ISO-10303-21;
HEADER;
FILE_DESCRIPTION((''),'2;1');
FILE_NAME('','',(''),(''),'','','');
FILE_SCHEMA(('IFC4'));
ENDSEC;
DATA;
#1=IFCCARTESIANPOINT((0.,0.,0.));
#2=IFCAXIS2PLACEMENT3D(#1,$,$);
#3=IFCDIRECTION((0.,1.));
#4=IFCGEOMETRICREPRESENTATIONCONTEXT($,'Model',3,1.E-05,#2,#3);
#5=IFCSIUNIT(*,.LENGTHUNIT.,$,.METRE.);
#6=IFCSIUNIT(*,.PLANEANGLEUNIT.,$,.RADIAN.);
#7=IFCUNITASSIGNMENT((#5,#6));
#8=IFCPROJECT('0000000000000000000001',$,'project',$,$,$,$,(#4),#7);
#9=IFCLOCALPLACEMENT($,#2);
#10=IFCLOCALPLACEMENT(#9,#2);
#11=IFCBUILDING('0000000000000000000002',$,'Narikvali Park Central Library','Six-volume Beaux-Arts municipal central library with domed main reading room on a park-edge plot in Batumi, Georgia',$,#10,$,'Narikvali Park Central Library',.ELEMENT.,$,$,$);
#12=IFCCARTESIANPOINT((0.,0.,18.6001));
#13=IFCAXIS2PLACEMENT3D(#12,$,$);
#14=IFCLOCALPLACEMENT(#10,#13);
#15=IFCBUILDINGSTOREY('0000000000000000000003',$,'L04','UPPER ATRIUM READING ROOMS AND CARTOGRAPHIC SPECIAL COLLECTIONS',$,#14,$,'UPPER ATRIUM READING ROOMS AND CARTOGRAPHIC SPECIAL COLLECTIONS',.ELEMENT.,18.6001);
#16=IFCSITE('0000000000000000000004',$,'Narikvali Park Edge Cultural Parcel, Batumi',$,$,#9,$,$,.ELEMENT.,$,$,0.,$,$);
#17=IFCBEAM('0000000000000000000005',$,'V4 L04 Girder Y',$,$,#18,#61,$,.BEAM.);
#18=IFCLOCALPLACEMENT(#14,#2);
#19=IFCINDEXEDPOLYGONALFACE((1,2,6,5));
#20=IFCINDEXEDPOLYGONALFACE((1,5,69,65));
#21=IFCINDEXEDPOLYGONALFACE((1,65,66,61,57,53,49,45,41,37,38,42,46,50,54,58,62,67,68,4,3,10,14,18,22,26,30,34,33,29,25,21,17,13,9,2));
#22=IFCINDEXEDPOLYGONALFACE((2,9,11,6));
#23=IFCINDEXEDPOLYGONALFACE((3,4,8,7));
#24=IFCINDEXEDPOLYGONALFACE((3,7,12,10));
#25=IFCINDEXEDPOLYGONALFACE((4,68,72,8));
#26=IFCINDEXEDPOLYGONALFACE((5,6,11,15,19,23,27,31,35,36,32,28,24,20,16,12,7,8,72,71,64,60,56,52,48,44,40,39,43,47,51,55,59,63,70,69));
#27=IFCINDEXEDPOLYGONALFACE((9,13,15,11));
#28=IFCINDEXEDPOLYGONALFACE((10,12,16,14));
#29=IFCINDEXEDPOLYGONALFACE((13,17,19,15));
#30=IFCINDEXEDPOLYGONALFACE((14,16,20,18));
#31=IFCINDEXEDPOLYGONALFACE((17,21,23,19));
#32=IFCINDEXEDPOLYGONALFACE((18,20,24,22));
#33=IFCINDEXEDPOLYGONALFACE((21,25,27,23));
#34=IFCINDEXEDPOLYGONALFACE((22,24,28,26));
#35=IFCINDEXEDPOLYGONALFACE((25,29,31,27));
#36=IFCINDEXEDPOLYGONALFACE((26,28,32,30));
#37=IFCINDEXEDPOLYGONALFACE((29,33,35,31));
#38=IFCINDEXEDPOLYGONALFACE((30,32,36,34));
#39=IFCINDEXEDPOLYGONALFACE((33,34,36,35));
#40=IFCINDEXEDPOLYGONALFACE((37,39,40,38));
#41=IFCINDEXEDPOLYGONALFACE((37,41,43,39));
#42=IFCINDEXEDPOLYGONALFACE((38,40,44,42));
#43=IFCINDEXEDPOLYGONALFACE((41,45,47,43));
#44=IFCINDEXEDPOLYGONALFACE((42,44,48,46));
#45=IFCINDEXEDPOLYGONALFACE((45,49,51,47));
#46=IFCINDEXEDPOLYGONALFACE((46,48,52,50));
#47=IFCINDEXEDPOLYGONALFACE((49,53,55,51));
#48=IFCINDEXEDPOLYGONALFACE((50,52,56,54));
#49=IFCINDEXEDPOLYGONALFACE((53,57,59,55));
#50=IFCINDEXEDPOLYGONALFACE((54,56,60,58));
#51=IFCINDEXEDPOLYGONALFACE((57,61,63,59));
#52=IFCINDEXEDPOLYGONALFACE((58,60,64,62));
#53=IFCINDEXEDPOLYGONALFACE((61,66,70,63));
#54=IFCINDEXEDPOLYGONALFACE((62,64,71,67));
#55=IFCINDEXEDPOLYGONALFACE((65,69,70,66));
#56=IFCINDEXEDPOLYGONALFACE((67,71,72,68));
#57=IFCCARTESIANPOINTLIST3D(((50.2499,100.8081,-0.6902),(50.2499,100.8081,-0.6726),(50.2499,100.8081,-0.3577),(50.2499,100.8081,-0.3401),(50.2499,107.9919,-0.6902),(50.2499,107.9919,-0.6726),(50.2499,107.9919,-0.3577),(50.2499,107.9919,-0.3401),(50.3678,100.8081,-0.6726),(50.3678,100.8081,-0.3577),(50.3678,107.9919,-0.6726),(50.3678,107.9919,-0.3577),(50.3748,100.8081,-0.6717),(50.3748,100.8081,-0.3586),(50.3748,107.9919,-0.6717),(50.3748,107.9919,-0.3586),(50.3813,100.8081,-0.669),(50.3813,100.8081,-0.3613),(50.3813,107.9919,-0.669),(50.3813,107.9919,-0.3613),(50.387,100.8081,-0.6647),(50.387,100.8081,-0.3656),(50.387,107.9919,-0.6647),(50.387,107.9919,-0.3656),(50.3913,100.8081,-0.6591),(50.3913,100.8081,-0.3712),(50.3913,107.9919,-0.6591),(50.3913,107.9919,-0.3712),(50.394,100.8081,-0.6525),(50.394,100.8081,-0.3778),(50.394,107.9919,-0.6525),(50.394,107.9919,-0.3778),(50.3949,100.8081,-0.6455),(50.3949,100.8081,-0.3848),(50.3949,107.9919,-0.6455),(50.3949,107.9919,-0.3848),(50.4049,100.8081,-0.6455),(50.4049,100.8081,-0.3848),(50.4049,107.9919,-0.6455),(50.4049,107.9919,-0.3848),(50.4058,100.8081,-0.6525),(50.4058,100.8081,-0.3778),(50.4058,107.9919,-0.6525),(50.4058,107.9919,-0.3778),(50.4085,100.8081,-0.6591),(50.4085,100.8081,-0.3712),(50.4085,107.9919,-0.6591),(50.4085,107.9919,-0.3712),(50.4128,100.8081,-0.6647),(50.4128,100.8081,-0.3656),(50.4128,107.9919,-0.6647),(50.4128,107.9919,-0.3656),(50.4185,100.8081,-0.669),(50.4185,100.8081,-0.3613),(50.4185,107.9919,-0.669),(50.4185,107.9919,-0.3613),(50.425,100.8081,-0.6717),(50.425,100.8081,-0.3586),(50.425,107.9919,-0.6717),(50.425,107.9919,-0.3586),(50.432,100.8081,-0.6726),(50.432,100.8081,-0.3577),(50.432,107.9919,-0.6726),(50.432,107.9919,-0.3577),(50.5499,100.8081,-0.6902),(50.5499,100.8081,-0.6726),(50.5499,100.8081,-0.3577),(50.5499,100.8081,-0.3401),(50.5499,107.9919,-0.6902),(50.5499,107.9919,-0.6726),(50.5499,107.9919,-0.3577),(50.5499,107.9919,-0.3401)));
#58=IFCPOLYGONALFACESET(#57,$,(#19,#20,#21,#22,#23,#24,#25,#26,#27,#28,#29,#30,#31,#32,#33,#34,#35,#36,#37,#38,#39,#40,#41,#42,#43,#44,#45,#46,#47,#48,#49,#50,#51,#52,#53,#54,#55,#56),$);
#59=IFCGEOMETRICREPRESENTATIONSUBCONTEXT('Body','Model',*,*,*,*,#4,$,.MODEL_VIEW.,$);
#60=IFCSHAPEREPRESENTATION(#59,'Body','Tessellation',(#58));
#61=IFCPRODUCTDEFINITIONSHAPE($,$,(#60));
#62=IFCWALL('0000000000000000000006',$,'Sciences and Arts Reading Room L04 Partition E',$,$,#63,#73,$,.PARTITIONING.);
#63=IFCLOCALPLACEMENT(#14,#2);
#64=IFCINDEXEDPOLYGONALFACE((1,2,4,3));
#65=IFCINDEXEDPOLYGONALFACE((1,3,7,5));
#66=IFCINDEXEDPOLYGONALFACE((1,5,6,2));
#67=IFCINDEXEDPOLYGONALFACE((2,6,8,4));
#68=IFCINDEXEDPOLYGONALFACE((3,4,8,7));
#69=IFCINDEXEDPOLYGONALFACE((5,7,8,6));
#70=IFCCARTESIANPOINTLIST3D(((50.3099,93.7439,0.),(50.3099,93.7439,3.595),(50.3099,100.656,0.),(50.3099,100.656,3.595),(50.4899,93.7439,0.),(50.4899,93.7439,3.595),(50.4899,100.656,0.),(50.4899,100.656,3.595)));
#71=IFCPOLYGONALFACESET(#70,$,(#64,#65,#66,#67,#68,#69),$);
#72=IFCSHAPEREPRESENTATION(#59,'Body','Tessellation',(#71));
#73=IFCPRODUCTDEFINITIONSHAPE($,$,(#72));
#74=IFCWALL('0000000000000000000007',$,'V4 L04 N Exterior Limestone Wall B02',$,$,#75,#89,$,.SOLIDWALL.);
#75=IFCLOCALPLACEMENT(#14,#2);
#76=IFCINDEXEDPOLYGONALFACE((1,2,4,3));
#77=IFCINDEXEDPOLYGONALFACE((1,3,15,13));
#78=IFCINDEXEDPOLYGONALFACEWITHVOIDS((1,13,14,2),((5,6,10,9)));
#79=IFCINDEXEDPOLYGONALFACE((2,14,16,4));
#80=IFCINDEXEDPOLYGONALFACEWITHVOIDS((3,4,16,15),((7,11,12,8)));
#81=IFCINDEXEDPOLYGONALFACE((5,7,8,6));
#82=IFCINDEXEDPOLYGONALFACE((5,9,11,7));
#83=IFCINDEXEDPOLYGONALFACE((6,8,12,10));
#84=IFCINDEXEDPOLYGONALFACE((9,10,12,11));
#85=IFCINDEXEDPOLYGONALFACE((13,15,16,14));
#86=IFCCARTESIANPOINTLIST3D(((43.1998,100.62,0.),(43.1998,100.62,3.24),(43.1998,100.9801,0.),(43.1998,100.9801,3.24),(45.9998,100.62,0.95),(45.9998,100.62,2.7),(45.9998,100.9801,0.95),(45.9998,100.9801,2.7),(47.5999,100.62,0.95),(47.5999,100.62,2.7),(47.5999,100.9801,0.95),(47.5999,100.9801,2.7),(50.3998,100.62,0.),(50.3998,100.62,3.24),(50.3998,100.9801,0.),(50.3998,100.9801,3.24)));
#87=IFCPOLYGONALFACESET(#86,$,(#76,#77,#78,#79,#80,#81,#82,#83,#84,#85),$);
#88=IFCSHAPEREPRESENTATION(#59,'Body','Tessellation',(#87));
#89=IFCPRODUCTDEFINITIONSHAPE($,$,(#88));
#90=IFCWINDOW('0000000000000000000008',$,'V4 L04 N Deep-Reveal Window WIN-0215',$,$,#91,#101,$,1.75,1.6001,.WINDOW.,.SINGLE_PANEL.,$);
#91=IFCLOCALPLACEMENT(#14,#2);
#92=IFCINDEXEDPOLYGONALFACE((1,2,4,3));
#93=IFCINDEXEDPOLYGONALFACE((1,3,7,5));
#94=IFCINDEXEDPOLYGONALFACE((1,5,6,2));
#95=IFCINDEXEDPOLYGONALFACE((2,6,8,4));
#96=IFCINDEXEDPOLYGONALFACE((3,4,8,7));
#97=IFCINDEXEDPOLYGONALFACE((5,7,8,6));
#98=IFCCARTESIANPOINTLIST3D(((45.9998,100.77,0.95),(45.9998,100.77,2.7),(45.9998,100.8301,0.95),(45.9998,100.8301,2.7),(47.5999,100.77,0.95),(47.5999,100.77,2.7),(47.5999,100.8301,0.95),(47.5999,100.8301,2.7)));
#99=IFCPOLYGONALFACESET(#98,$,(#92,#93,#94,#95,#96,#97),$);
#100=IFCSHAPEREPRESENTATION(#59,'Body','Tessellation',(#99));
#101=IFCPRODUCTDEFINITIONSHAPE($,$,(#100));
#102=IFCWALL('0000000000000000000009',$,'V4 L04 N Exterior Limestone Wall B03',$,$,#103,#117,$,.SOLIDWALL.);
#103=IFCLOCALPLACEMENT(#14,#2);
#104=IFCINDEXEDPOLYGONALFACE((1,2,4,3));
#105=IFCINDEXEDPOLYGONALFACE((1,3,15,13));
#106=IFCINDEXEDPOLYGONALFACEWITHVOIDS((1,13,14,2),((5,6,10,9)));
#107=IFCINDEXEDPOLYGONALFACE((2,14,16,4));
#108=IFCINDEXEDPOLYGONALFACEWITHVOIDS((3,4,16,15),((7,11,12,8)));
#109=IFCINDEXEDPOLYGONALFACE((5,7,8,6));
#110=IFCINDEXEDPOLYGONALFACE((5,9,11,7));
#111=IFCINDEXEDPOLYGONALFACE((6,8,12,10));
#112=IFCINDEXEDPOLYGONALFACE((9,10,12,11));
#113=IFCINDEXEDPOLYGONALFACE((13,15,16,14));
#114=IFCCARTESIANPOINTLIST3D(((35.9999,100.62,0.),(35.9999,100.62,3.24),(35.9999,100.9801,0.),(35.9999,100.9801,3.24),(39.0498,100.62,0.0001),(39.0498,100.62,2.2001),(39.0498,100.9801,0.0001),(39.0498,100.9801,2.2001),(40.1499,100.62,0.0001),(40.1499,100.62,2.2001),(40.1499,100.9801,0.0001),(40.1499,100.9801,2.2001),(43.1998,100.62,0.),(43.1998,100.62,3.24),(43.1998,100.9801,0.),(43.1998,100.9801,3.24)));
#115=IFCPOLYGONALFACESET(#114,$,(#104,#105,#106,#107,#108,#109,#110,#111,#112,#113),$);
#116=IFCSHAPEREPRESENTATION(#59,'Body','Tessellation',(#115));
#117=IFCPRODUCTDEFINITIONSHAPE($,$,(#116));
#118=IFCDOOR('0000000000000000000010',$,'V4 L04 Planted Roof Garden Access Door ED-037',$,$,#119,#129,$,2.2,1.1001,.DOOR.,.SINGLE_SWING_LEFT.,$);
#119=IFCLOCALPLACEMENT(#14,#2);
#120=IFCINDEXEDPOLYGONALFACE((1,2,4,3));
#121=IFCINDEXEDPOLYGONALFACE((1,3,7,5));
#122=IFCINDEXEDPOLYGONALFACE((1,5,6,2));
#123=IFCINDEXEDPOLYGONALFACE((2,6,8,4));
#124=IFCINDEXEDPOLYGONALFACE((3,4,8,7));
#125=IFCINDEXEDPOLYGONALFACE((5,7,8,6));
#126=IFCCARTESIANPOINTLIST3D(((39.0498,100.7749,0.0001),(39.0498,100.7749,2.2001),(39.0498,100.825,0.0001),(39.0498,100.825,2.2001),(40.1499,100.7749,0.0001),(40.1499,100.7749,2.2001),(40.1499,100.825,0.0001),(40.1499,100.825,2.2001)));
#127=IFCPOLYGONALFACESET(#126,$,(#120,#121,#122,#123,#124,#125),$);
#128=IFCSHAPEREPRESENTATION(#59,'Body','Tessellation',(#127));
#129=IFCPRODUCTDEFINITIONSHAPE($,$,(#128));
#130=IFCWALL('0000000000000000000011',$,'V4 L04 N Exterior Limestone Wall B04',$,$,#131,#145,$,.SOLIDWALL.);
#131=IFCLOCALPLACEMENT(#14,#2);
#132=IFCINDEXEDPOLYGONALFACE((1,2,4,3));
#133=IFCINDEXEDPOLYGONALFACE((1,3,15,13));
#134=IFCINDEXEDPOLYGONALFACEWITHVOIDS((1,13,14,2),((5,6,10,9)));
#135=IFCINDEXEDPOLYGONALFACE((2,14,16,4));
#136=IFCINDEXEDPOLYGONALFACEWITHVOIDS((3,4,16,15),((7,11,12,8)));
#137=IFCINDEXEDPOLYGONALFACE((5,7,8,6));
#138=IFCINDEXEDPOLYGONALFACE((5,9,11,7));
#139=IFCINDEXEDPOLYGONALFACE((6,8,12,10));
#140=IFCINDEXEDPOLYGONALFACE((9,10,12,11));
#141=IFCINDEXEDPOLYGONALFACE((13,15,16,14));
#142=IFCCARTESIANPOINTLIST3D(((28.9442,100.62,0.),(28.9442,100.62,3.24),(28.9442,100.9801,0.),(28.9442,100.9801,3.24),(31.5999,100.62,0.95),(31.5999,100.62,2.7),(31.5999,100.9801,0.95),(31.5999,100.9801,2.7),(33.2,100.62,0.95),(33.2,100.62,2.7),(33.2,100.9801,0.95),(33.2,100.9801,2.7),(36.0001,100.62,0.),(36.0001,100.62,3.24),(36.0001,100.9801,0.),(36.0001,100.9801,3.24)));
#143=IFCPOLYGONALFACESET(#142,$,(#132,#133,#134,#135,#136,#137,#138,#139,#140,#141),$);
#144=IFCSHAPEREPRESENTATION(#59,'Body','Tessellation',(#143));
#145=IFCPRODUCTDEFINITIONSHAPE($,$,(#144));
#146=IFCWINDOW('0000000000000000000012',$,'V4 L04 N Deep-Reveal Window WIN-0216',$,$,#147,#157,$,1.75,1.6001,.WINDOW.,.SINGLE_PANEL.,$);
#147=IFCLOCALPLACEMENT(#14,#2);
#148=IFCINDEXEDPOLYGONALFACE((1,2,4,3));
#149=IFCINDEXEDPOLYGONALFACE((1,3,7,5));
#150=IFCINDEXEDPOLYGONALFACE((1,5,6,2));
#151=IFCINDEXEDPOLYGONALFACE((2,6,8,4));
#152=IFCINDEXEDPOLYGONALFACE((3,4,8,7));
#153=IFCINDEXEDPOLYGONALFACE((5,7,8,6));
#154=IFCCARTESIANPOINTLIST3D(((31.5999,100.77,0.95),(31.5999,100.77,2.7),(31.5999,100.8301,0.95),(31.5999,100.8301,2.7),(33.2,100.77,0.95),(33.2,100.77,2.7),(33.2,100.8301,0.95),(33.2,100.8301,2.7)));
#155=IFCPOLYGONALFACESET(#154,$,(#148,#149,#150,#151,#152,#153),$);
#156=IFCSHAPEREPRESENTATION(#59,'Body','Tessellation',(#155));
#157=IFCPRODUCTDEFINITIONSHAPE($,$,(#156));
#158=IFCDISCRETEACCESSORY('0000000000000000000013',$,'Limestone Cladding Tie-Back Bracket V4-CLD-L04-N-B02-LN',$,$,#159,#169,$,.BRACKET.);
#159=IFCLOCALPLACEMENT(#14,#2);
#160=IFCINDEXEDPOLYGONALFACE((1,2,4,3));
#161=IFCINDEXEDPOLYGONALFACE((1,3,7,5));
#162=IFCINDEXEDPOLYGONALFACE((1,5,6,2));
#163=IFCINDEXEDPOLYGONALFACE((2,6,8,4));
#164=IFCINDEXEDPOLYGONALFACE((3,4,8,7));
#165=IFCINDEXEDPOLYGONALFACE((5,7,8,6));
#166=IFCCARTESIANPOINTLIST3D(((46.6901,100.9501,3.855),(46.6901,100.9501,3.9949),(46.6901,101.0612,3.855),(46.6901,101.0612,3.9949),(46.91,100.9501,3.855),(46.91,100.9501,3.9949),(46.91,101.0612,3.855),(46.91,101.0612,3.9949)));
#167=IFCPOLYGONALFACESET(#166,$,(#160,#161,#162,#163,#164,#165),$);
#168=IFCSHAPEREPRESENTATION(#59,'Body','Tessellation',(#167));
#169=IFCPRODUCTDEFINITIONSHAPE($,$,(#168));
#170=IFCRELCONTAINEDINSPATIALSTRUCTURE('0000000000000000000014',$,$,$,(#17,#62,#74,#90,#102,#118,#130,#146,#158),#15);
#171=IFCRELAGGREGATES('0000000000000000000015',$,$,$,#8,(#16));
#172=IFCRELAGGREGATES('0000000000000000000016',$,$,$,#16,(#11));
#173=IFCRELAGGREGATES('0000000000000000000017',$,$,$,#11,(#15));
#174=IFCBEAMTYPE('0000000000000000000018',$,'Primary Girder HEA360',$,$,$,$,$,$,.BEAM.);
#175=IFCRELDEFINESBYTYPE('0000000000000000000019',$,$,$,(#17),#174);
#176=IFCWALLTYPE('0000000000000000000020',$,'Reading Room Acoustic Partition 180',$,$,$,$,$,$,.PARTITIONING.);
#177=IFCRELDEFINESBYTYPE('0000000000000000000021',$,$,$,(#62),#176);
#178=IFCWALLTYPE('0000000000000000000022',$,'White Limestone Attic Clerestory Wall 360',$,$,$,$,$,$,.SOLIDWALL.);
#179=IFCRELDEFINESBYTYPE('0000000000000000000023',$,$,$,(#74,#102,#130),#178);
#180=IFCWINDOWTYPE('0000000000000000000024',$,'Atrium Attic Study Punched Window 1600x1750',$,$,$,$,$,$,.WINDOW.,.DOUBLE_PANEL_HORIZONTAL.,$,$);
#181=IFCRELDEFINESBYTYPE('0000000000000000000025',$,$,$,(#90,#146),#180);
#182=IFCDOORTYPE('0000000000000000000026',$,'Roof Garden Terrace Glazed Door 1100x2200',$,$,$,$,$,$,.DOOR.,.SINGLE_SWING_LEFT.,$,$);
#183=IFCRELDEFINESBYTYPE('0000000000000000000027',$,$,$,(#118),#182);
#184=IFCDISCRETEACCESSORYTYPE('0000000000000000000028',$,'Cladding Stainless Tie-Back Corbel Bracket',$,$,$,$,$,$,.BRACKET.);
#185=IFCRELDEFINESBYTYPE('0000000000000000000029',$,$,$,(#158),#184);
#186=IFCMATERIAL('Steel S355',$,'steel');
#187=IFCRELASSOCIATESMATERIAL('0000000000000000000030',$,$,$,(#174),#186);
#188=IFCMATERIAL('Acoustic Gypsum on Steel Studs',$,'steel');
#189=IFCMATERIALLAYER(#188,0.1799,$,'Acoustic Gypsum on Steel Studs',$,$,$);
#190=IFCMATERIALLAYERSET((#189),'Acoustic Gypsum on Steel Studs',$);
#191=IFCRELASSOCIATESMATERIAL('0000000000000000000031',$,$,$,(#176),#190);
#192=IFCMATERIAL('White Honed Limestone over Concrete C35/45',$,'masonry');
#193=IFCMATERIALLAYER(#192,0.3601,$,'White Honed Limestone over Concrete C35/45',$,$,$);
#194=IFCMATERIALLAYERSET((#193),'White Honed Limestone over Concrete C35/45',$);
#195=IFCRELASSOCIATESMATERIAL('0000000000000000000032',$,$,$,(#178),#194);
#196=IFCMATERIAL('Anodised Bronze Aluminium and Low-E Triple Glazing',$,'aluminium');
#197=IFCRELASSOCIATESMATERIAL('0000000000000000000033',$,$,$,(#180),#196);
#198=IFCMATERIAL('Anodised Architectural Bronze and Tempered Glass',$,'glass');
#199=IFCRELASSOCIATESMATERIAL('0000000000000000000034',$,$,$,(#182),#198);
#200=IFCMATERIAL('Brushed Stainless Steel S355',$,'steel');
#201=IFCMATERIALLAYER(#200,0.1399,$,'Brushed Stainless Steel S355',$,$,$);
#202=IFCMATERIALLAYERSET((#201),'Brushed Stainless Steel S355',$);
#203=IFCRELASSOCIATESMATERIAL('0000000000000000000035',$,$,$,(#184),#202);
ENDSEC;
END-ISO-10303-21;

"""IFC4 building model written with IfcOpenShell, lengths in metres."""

from ifc_helpers import new_model, si_unit, direction, frame, frame_2d, origin, origin_2d, place, context, subcontext, project, spatial, rectangle, i_section, extrude, material, layer, layer_set, material_profile, profile_set, type_object, element, fill, save


model = new_model("IFC4")

# Units and contexts
model_context = context("Model", 3, precision=1e-05, world=origin(), true_north=direction((0.0, 1.0)))
body_context = subcontext(model_context, "Body", "Model", "MODEL_VIEW")
ifc_project = project(units=[si_unit("LENGTHUNIT", "METRE"), si_unit("PLANEANGLEUNIT", "RADIAN")], contexts=[model_context])

# Site, building, storey
site_placement = place(None, origin())
site = spatial("IfcSite", under=ifc_project, at=site_placement, Name="Narikvali Park Edge Cultural Parcel, Batumi", CompositionType="ELEMENT", RefElevation=0.0)
building_placement = place(site_placement, origin())
building = spatial("IfcBuilding", under=site, at=building_placement, Name="Narikvali Park Central Library", Description="Six-volume Beaux-Arts municipal central library with domed main reading room on a park-edge plot in Batumi, Georgia", LongName="Narikvali Park Central Library", CompositionType="ELEMENT")
storey_placement = place(building_placement, frame((0.0, 0.0, 18.6001)))
storey = spatial("IfcBuildingStorey", under=building, at=storey_placement, Name="L04", Description="UPPER ATRIUM READING ROOMS AND CARTOGRAPHIC SPECIAL COLLECTIONS", LongName="UPPER ATRIUM READING ROOMS AND CARTOGRAPHIC SPECIAL COLLECTIONS", CompositionType="ELEMENT", Elevation=18.6001)

# Shared definitions
ifc_material_1 = material(Name="Steel S355", Category="steel")

# Beam
ifc_material_profile_1 = material_profile(ifc_material_1, i_section(OverallWidth=0.3, OverallDepth=0.3501, WebThickness=0.01, FlangeThickness=0.0176, FilletRadius=0.0271, at=origin_2d()), Name="HEA 360")
ifc_profile_set_1 = profile_set([ifc_material_profile_1], Name="Steel S355")
beam_type_1 = type_object("IfcBeamType", Name="Primary Girder HEA360", PredefinedType="BEAM", material=ifc_profile_set_1)
beam_1_placement = place(storey_placement, frame((50.3999, 100.8081, -0.5151), z_axis=(0.0, 1.0, 0.0), x_axis=(-1.0, 0.0, 0.0)))
element("IfcBeam", 1, at=beam_1_placement, inside=storey, type_object=beam_type_1, Name="V4 L04 Girder Y", PredefinedType="BEAM", context=body_context, shape_type="SweptSolid", body=[
    extrude(i_section(OverallWidth=0.3, OverallDepth=0.3501, WebThickness=0.01, FlangeThickness=0.0176, FilletRadius=0.0271, at=origin_2d()), origin(), (0.0, 0.0, 1.0), 7.1838),
])

# Wall
ifc_material_2 = material(Name="Acoustic Gypsum on Steel Studs", Category="steel")
ifc_layer_1 = layer(ifc_material_2, 0.1799, Name="Acoustic Gypsum on Steel Studs")
ifc_layer_set_1 = layer_set([ifc_layer_1], Name="Acoustic Gypsum on Steel Studs")
wall_type_1 = type_object("IfcWallType", Name="Reading Room Acoustic Partition 180", PredefinedType="PARTITIONING", material=ifc_layer_set_1)
wall_1_placement = place(storey_placement, frame((50.3999, 93.7439, 0.0), z_axis=(0.0, 0.0, 1.0), x_axis=(0.0, 1.0, 0.0)))
element("IfcWall", 2, at=wall_1_placement, inside=storey, type_object=wall_type_1, Name="Sciences and Arts Reading Room L04 Partition E", PredefinedType="PARTITIONING", context=body_context, shape_type="SweptSolid", body=[
    extrude(rectangle(XDim=6.9121, YDim=0.1799, at=frame_2d((3.4561, 0.0))), origin(), (0.0, 0.0, 1.0), 3.595),
])

# Wall, opening, window
ifc_material_3 = material(Name="White Honed Limestone over Concrete C35/45", Category="masonry")
ifc_layer_2 = layer(ifc_material_3, 0.3601, Name="White Honed Limestone over Concrete C35/45")
ifc_layer_set_2 = layer_set([ifc_layer_2], Name="White Honed Limestone over Concrete C35/45")
wall_type_2 = type_object("IfcWallType", Name="White Limestone Attic Clerestory Wall 360", PredefinedType="SOLIDWALL", material=ifc_layer_set_2)
wall_2_placement = place(storey_placement, frame((50.3999, 100.8, 0.0), z_axis=(0.0, 0.0, 1.0), x_axis=(-1.0, 0.0, 0.0)))
wall_2 = element("IfcWall", 3, at=wall_2_placement, inside=storey, type_object=wall_type_2, Name="V4 L04 N Exterior Limestone Wall B02", PredefinedType="SOLIDWALL", context=body_context, shape_type="SweptSolid", body=[
    extrude(rectangle(XDim=7.2, YDim=0.3601, at=frame_2d((3.6001, 0.0))), origin(), (0.0, 0.0, 1.0), 3.24),
])
opening_1_placement = place(wall_2_placement, frame((2.8, 0.0, 0.95)))
opening_1 = element("IfcOpeningElement", 4, at=opening_1_placement, cuts=wall_2, PredefinedType="OPENING", context=body_context, shape_type="SweptSolid", body=[
    extrude(rectangle(XDim=1.6001, YDim=1.75, at=frame_2d((0.8, 0.875))), frame((0.0, 0.1919, 0.0), z_axis=(0.0, -1.0, 0.0), x_axis=(1.0, 0.0, 0.0)), (0.0, 0.0, 1.0), 0.384),
])
ifc_material_4 = material(Name="Anodised Bronze Aluminium and Low-E Triple Glazing", Category="aluminium")
window_type = type_object("IfcWindowType", Name="Atrium Attic Study Punched Window 1600x1750", PartitioningType="DOUBLE_PANEL_HORIZONTAL", PredefinedType="WINDOW", material=ifc_material_4)
window_1_placement = place(opening_1_placement, origin())
window_1 = element("IfcWindow", 5, at=window_1_placement, inside=storey, type_object=window_type, Name="V4 L04 N Deep-Reveal Window WIN-0215", OverallHeight=1.75, OverallWidth=1.6001, PartitioningType="SINGLE_PANEL", PredefinedType="WINDOW", context=body_context, shape_type="SweptSolid", body=[
    extrude(rectangle(XDim=1.6001, YDim=1.75, at=frame_2d((0.8, 0.875))), frame((0.0, 0.03, 0.0), z_axis=(0.0, -1.0, 0.0), x_axis=(1.0, 0.0, 0.0)), (0.0, 0.0, 1.0), 0.0601),
])
fill(opening_1, window_1)

# Wall, opening, door
wall_3_placement = place(storey_placement, frame((43.2, 100.8, 0.0), z_axis=(0.0, 0.0, 1.0), x_axis=(-1.0, 0.0, 0.0)))
wall_3 = element("IfcWall", 6, at=wall_3_placement, inside=storey, type_object=wall_type_2, Name="V4 L04 N Exterior Limestone Wall B03", PredefinedType="SOLIDWALL", context=body_context, shape_type="SweptSolid", body=[
    extrude(rectangle(XDim=7.2, YDim=0.3601, at=frame_2d((3.6001, 0.0))), origin(), (0.0, 0.0, 1.0), 3.24),
])
opening_2_placement = place(wall_3_placement, frame((3.05, 0.0, 0.0)))
opening_2 = element("IfcOpeningElement", 7, at=opening_2_placement, cuts=wall_3, PredefinedType="OPENING", context=body_context, shape_type="SweptSolid", body=[
    extrude(rectangle(XDim=1.1001, YDim=2.2, at=frame_2d((0.55, 1.1001))), frame((0.0, 0.1919, 0.0), z_axis=(0.0, -1.0, 0.0), x_axis=(1.0, 0.0, 0.0)), (0.0, 0.0, 1.0), 0.384),
])
ifc_material_5 = material(Name="Anodised Architectural Bronze and Tempered Glass", Category="glass")
door_type = type_object("IfcDoorType", Name="Roof Garden Terrace Glazed Door 1100x2200", OperationType="SINGLE_SWING_LEFT", PredefinedType="DOOR", material=ifc_material_5)
door_placement = place(opening_2_placement, frame((1.1001, 0.0, 0.0), z_axis=(0.0, 0.0, 1.0), x_axis=(-1.0, 0.0, 0.0)))
door = element("IfcDoor", 8, at=door_placement, inside=storey, type_object=door_type, Name="V4 L04 Planted Roof Garden Access Door ED-037", OperationType="SINGLE_SWING_LEFT", OverallHeight=2.2, OverallWidth=1.1001, PredefinedType="DOOR", context=body_context, shape_type="SweptSolid", body=[
    extrude(rectangle(XDim=1.1001, YDim=2.2, at=frame_2d((0.55, 1.1001))), frame((0.0, 0.0249, 0.0), z_axis=(0.0, -1.0, 0.0), x_axis=(1.0, 0.0, 0.0)), (0.0, 0.0, 1.0), 0.05),
])
fill(opening_2, door)

# Wall, opening, window
wall_4_placement = place(storey_placement, frame((36.0, 100.8, 0.0), z_axis=(0.0, 0.0, 1.0), x_axis=(-1.0, 0.0, 0.0)))
wall_4 = element("IfcWall", 9, at=wall_4_placement, inside=storey, type_object=wall_type_2, Name="V4 L04 N Exterior Limestone Wall B04", PredefinedType="SOLIDWALL", context=body_context, shape_type="SweptSolid", body=[
    extrude(rectangle(XDim=7.0559, YDim=0.3601, at=frame_2d((3.5278, 0.0))), origin(), (0.0, 0.0, 1.0), 3.24),
])
opening_3_placement = place(wall_4_placement, frame((2.8, 0.0, 0.95)))
opening_3 = element("IfcOpeningElement", 10, at=opening_3_placement, cuts=wall_4, PredefinedType="OPENING", context=body_context, shape_type="SweptSolid", body=[
    extrude(rectangle(XDim=1.6001, YDim=1.75, at=frame_2d((0.8, 0.875))), frame((0.0, 0.1919, 0.0), z_axis=(0.0, -1.0, 0.0), x_axis=(1.0, 0.0, 0.0)), (0.0, 0.0, 1.0), 0.384),
])
window_2_placement = place(opening_3_placement, origin())
window_2 = element("IfcWindow", 11, at=window_2_placement, inside=storey, type_object=window_type, Name="V4 L04 N Deep-Reveal Window WIN-0216", OverallHeight=1.75, OverallWidth=1.6001, PartitioningType="SINGLE_PANEL", PredefinedType="WINDOW", context=body_context, shape_type="SweptSolid", body=[
    extrude(rectangle(XDim=1.6001, YDim=1.75, at=frame_2d((0.8, 0.875))), frame((0.0, 0.03, 0.0), z_axis=(0.0, -1.0, 0.0), x_axis=(1.0, 0.0, 0.0)), (0.0, 0.0, 1.0), 0.0601),
])
fill(opening_3, window_2)

# Discrete accessory
ifc_material_6 = material(Name="Brushed Stainless Steel S355", Category="steel")
ifc_layer_3 = layer(ifc_material_6, 0.1399, Name="Brushed Stainless Steel S355")
ifc_layer_set_3 = layer_set([ifc_layer_3], Name="Brushed Stainless Steel S355")
discrete_accessory_type = type_object("IfcDiscreteAccessoryType", Name="Cladding Stainless Tie-Back Corbel Bracket", PredefinedType="BRACKET", material=ifc_layer_set_3)
discrete_accessory_placement = place(storey_placement, frame((46.8, 101.0056, 3.855), z_axis=(0.0, 0.0, 1.0), x_axis=(1.0, 0.0, 0.0)))
element("IfcDiscreteAccessory", 12, at=discrete_accessory_placement, inside=storey, type_object=discrete_accessory_type, Name="Limestone Cladding Tie-Back Bracket V4-CLD-L04-N-B02-LN", PredefinedType="BRACKET", context=body_context, shape_type="SweptSolid", body=[
    extrude(rectangle(XDim=0.22, YDim=0.1111, at=origin_2d()), origin(), (0.0, 0.0, 1.0), 0.1399),
])

save(model, "model.ifc")
